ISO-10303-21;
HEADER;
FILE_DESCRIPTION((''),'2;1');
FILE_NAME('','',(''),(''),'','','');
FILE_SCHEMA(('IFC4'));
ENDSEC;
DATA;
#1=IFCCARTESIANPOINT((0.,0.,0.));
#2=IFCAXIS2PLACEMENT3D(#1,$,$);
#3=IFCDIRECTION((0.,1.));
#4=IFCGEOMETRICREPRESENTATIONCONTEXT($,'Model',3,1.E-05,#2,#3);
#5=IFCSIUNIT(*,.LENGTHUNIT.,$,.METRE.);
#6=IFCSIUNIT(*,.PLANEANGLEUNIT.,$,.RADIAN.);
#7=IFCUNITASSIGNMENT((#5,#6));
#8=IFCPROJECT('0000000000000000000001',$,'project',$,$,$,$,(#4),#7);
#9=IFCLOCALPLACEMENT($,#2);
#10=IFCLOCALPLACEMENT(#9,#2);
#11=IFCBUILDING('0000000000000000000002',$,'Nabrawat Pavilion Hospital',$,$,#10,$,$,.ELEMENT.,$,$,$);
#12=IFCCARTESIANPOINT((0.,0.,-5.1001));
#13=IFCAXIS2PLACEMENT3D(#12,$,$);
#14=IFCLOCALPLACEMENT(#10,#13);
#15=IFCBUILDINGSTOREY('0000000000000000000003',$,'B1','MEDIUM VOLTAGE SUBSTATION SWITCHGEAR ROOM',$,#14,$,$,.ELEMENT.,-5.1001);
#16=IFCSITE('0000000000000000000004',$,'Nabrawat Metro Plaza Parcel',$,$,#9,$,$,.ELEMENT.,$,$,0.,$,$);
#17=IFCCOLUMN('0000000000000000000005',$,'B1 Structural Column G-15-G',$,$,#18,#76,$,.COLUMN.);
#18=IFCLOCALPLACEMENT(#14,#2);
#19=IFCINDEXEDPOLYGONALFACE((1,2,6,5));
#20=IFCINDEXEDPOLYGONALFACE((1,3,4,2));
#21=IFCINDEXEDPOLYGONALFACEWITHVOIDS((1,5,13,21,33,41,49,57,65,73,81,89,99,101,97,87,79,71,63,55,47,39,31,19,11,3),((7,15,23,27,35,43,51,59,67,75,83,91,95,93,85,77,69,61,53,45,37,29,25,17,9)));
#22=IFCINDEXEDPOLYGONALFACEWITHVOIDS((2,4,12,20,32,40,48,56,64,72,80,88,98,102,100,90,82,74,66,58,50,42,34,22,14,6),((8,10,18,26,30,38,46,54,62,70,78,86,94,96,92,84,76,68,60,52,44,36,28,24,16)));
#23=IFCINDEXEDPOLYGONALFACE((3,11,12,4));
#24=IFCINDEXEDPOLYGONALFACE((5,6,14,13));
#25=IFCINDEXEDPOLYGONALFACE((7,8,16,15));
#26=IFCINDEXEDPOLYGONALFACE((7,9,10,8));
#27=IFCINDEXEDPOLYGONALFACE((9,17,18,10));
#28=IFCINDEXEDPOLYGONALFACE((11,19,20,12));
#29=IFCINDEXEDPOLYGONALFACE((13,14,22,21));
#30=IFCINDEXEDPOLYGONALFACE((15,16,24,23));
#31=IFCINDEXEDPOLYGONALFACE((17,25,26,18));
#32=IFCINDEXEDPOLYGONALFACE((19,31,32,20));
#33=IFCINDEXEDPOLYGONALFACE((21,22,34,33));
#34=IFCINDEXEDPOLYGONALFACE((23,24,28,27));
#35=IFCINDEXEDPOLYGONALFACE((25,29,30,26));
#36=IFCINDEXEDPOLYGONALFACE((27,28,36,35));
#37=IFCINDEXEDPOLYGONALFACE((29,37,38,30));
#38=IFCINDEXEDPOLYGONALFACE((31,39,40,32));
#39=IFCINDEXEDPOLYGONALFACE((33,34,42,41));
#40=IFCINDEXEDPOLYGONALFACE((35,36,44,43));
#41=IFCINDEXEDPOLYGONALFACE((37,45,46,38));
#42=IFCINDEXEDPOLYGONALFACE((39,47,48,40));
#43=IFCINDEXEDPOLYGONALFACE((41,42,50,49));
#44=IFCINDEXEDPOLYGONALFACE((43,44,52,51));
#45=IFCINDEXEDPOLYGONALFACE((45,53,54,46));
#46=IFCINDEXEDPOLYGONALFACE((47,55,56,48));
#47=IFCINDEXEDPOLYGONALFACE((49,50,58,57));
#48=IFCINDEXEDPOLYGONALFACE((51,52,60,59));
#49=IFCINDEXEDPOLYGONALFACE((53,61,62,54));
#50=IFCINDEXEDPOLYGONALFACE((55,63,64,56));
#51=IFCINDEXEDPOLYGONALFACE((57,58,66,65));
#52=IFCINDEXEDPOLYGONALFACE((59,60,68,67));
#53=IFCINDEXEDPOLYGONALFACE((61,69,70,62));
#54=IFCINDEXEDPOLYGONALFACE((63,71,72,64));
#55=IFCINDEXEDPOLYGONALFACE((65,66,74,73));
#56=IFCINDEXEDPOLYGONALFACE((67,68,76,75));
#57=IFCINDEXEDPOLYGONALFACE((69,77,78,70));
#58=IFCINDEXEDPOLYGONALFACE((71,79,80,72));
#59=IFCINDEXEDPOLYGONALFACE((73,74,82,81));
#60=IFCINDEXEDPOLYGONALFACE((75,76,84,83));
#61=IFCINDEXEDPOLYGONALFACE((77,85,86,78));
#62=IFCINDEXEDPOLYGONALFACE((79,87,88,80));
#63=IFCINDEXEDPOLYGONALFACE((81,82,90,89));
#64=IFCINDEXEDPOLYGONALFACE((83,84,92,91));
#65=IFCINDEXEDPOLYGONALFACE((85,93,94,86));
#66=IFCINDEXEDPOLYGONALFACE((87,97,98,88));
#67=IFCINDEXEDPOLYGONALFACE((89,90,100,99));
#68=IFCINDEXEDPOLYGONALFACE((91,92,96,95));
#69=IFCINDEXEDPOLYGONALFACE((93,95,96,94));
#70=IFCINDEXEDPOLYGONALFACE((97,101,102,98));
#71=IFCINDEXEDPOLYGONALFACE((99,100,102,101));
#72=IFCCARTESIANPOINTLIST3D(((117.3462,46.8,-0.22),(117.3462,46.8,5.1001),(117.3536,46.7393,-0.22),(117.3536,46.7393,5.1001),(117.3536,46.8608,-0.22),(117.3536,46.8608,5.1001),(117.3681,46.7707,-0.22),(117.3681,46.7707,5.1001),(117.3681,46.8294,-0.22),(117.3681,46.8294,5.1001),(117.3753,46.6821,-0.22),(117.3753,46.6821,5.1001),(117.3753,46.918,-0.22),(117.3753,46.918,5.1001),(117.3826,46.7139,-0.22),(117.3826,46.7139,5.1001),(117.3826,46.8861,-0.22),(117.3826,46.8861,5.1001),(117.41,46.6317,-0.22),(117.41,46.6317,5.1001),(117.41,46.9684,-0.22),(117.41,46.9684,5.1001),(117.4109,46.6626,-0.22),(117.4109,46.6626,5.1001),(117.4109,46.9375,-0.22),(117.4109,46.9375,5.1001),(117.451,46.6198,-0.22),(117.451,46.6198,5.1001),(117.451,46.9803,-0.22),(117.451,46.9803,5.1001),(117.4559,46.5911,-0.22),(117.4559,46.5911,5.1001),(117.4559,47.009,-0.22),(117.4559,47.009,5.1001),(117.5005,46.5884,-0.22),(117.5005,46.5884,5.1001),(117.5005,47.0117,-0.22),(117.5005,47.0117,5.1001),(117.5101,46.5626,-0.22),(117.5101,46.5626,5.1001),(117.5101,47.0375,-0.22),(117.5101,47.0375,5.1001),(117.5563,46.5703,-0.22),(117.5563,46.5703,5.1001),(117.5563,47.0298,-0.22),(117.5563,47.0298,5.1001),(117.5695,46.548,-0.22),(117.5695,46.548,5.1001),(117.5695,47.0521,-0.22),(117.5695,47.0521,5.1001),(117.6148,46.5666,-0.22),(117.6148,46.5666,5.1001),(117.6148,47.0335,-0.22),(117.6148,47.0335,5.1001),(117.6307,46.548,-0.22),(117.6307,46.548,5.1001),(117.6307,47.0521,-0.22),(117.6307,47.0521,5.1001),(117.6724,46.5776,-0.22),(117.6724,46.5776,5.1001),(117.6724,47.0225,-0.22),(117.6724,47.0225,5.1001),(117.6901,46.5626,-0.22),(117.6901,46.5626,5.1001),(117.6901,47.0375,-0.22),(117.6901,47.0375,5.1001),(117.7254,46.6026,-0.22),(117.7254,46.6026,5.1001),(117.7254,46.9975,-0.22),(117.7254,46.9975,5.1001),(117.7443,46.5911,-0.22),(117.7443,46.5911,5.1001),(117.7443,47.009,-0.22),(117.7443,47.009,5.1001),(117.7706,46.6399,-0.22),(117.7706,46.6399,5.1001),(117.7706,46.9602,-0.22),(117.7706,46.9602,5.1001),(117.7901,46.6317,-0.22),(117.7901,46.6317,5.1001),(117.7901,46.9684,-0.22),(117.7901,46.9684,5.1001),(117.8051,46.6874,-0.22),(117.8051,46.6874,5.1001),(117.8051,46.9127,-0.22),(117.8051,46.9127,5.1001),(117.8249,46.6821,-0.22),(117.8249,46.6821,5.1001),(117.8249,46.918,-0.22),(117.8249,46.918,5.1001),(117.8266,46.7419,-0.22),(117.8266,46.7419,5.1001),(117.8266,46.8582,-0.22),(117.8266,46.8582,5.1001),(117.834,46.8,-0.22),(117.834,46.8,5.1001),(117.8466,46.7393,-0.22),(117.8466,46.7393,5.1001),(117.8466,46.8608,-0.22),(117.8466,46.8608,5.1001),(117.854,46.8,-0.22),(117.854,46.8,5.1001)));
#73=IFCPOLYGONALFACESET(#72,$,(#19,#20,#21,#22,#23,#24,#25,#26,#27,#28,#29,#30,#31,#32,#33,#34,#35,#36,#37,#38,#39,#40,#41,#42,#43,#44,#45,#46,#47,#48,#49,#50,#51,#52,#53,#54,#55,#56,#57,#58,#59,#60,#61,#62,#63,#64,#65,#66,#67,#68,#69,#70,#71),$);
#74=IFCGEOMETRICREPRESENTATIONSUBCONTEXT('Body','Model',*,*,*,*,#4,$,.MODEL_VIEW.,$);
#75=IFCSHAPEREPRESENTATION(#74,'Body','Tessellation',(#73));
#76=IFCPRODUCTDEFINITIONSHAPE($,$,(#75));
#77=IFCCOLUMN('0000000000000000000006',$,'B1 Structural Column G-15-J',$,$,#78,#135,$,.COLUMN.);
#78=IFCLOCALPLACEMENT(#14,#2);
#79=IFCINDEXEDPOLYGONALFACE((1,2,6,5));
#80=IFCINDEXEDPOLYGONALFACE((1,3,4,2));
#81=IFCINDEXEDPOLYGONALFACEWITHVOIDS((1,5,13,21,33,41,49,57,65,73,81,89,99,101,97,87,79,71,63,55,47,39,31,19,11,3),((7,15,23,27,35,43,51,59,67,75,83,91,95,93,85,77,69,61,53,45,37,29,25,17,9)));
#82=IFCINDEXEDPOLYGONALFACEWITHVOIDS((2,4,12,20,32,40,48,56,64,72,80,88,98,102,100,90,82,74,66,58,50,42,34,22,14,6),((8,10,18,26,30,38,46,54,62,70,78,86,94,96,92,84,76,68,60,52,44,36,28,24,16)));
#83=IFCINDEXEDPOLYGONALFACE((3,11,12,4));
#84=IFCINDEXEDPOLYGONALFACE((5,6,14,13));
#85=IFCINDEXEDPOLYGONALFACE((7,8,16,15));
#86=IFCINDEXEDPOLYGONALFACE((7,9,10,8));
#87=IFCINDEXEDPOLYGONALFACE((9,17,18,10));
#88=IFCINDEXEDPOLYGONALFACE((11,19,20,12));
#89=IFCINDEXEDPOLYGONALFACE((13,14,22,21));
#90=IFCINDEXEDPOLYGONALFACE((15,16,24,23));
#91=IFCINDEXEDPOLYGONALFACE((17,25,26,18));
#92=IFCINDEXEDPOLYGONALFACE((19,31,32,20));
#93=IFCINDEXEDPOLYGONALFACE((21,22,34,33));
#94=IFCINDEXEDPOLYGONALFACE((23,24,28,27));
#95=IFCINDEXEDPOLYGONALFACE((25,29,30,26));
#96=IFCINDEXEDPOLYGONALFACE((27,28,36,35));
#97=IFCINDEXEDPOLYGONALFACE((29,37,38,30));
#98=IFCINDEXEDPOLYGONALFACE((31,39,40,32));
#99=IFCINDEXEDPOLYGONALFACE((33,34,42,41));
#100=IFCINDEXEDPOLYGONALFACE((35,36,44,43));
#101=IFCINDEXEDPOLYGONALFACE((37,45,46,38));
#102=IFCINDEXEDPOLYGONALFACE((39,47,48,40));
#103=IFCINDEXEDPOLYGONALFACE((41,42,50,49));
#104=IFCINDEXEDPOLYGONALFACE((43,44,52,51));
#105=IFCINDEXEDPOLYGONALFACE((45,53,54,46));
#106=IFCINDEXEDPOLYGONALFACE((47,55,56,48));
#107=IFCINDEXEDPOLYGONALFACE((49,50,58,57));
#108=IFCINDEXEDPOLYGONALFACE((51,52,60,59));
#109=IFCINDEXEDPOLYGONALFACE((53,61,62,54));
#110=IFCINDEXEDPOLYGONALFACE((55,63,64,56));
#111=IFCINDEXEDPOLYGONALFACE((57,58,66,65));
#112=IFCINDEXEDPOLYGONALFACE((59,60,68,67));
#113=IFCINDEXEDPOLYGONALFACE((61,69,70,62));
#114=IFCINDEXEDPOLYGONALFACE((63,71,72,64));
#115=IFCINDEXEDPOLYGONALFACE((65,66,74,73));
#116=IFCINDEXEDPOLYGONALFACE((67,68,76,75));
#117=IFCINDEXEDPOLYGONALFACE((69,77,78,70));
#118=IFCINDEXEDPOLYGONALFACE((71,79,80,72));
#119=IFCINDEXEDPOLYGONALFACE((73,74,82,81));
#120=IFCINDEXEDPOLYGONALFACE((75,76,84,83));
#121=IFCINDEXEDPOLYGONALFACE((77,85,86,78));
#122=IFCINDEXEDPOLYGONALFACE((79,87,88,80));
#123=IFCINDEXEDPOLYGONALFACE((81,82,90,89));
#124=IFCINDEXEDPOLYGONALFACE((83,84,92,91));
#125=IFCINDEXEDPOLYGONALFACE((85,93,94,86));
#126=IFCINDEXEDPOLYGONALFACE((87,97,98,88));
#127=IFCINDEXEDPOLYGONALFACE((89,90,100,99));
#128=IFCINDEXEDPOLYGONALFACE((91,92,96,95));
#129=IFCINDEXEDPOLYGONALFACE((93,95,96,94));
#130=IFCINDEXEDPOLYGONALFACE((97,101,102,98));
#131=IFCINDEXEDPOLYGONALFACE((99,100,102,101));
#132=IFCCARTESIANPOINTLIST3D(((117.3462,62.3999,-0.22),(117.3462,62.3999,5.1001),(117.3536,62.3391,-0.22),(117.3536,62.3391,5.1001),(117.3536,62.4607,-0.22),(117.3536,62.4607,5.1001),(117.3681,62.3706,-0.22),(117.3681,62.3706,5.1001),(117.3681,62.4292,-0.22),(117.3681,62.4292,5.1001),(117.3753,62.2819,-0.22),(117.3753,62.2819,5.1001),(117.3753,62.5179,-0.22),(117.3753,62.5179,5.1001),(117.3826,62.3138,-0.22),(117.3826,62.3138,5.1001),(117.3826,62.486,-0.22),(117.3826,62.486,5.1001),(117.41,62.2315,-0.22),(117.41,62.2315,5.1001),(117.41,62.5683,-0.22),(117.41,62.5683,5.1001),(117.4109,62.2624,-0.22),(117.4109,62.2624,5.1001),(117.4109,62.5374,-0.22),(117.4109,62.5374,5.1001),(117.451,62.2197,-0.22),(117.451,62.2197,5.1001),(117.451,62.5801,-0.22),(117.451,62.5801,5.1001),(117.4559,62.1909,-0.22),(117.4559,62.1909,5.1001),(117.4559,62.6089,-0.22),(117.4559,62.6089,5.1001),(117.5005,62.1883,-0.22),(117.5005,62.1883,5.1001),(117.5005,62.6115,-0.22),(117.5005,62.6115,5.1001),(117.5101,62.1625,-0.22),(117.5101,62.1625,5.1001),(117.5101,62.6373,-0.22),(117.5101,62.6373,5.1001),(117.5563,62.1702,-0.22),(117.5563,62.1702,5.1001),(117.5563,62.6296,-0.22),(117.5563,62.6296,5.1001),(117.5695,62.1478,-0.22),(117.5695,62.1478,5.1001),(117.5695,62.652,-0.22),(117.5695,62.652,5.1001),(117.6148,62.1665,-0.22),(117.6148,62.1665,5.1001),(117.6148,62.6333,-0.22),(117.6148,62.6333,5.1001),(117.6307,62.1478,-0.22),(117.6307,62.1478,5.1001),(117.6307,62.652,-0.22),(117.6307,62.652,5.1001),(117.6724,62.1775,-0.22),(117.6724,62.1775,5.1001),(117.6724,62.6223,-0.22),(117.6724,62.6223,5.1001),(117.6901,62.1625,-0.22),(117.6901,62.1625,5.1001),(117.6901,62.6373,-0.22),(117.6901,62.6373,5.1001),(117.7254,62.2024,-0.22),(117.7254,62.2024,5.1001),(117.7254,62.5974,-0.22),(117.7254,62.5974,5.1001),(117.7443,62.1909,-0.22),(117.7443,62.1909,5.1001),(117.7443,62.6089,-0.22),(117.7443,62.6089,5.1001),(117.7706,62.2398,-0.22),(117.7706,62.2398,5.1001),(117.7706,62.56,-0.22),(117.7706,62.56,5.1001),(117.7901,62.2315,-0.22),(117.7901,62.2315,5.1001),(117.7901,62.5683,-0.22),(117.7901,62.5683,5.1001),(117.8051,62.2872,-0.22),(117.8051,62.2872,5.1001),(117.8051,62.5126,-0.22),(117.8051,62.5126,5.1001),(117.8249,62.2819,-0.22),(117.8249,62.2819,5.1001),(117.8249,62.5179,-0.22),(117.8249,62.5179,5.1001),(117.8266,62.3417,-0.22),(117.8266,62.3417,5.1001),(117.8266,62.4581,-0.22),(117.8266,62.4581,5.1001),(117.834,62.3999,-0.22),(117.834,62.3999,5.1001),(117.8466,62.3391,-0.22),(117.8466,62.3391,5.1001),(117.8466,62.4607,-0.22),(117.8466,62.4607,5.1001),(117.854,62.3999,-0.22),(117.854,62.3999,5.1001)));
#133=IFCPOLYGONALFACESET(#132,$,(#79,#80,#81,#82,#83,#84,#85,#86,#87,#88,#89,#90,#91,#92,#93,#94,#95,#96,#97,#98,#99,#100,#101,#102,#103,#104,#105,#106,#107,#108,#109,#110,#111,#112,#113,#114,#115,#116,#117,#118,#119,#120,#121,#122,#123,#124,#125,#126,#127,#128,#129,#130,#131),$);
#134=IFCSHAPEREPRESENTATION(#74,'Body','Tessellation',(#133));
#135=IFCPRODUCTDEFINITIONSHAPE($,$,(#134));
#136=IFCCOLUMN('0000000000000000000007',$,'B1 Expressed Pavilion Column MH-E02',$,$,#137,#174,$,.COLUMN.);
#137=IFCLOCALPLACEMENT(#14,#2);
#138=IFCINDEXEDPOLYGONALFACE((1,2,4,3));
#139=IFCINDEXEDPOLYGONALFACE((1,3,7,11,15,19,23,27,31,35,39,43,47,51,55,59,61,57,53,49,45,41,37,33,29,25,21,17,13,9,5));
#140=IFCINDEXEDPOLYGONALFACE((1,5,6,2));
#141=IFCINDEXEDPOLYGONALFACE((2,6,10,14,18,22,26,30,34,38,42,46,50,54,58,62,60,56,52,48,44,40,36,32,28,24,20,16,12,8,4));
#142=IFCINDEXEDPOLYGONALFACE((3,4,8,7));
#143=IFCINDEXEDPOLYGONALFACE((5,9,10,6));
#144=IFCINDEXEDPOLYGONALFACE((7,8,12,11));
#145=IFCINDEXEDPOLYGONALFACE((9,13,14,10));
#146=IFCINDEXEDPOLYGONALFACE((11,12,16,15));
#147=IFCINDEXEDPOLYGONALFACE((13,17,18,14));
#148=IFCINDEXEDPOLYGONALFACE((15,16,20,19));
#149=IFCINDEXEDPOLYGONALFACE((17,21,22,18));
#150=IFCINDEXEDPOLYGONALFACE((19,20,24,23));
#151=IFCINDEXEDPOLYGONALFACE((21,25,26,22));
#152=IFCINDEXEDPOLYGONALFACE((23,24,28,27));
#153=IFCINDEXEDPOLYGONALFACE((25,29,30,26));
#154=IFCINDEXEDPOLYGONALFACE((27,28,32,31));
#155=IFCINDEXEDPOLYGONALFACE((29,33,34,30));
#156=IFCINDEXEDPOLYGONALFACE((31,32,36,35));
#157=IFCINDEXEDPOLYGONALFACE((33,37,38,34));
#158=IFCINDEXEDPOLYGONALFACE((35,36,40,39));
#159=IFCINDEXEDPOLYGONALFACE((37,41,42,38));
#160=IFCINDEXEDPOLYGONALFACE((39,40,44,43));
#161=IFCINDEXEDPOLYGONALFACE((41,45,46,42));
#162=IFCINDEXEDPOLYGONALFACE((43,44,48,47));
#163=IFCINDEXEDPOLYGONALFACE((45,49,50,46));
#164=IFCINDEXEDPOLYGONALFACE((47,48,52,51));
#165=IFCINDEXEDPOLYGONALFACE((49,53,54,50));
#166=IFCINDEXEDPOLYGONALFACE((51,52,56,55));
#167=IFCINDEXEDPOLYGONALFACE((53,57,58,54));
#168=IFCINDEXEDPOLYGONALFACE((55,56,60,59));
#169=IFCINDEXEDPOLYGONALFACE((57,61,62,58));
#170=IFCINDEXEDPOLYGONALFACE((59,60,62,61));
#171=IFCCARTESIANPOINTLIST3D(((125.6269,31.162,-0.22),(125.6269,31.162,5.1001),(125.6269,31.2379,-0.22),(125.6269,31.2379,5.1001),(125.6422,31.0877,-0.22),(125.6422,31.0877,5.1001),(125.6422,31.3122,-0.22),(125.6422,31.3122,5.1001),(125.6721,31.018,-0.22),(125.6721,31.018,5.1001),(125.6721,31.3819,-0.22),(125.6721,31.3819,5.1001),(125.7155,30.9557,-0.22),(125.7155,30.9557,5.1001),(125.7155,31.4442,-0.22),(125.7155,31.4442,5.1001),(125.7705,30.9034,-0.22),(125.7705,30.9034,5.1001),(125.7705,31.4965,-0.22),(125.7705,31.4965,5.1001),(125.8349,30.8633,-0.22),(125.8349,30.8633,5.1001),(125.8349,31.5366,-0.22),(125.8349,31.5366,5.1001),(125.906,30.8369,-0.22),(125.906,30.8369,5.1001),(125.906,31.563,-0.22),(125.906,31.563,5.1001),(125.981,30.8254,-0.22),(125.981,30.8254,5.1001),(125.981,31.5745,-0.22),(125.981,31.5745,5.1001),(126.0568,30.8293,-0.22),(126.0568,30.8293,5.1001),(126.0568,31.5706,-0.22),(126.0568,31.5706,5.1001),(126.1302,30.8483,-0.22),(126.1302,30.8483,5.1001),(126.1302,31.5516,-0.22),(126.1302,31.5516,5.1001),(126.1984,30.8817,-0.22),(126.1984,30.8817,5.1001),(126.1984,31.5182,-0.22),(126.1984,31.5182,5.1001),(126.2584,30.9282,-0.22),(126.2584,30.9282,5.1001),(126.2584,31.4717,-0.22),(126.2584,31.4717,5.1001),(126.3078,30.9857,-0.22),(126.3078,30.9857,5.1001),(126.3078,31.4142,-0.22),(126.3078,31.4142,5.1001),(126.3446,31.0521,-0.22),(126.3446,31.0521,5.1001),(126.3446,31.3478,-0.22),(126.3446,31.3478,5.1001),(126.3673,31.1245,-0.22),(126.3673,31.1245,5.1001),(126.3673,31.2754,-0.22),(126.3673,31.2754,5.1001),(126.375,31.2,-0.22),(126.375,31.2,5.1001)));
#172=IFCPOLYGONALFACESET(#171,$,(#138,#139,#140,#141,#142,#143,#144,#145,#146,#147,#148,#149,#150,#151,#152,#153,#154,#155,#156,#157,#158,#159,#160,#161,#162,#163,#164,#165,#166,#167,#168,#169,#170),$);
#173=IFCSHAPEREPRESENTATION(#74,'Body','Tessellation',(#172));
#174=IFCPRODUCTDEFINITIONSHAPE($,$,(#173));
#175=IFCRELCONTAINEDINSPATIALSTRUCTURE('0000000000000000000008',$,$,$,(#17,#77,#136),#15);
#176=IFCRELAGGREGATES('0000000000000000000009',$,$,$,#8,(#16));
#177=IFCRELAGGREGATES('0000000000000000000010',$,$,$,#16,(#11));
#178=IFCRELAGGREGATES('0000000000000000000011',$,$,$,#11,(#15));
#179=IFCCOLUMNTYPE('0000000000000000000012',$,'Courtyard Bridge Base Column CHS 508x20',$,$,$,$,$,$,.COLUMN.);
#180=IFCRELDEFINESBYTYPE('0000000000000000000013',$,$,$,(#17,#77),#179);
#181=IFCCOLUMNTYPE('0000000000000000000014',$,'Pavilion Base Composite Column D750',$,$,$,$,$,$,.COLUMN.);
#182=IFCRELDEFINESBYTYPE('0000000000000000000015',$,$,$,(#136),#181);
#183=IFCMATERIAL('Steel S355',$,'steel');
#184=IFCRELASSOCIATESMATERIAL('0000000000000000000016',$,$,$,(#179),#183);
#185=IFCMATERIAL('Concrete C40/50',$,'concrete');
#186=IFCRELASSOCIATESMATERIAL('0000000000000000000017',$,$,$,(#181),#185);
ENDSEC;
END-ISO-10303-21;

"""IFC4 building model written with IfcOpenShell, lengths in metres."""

from ifc_helpers import new_model, si_unit, direction, frame, origin, origin_2d, place, context, subcontext, project, spatial, circle, hollow_circle, extrude, material, material_profile, profile_set, type_object, element, save


model = new_model("IFC4")

# Units and contexts
model_context = context("Model", 3, precision=1e-05, world=origin(), true_north=direction((0.0, 1.0)))
body_context = subcontext(model_context, "Body", "Model", "MODEL_VIEW")
ifc_project = project(units=[si_unit("LENGTHUNIT", "METRE"), si_unit("PLANEANGLEUNIT", "RADIAN")], contexts=[model_context])

# Site, building, storey
site_placement = place(None, origin())
site = spatial("IfcSite", under=ifc_project, at=site_placement, Name="Nabrawat Metro Plaza Parcel", CompositionType="ELEMENT", RefElevation=0.0)
building_placement = place(site_placement, origin())
building = spatial("IfcBuilding", under=site, at=building_placement, Name="Nabrawat Pavilion Hospital", CompositionType="ELEMENT")
storey_placement = place(building_placement, frame((0.0, 0.0, -5.1001)))
storey = spatial("IfcBuildingStorey", under=building, at=storey_placement, Name="B1", Description="MEDIUM VOLTAGE SUBSTATION SWITCHGEAR ROOM", CompositionType="ELEMENT", Elevation=-5.1001)

# Columns
ifc_material_1 = material(Name="Steel S355", Category="steel")
ifc_material_profile_1 = material_profile(ifc_material_1, hollow_circle(Radius=0.2539, WallThickness=0.02, at=origin_2d()), Name="CHS 508x20")
ifc_profile_set_1 = profile_set([ifc_material_profile_1], Name="Steel S355")
column_type_1 = type_object("IfcColumnType", Name="Courtyard Bridge Base Column CHS 508x20", PredefinedType="COLUMN", material=ifc_profile_set_1)
for number, where, z_axis, x_axis, name in (
    (1, (117.6001, 46.8, -0.22), (0.0, 0.0, 1.0), (1.0, 0.0, 0.0), "B1 Structural Column G-15-G"),
    (2, (117.6001, 62.3999, -0.22), (0.0, 0.0, 1.0), (1.0, 0.0, 0.0), "B1 Structural Column G-15-J"),
):
    element("IfcColumn", number, at=place(storey_placement, frame(where, z_axis=z_axis, x_axis=x_axis)), inside=storey, type_object=column_type_1, Name=name, PredefinedType="COLUMN", context=body_context, shape_type="SweptSolid", body=[
        extrude(hollow_circle(Radius=0.2539, WallThickness=0.02, at=origin_2d()), origin(), (0.0, 0.0, 1.0), 5.3201),
    ])
ifc_material_2 = material(Name="Concrete C40/50", Category="concrete")
ifc_material_profile_2 = material_profile(ifc_material_2, circle(Radius=0.375, at=origin_2d()), Name="RC D750")
ifc_profile_set_2 = profile_set([ifc_material_profile_2], Name="Concrete C40/50")
column_type_2 = type_object("IfcColumnType", Name="Pavilion Base Composite Column D750", PredefinedType="COLUMN", material=ifc_profile_set_2)
for number, where, z_axis, x_axis, name in (
    (3, (126.0, 31.2, -0.22), (0.0, 0.0, 1.0), (1.0, 0.0, 0.0), "B1 Expressed Pavilion Column MH-E02"),
):
    element("IfcColumn", number, at=place(storey_placement, frame(where, z_axis=z_axis, x_axis=x_axis)), inside=storey, type_object=column_type_2, Name=name, PredefinedType="COLUMN", context=body_context, shape_type="SweptSolid", body=[
        extrude(circle(Radius=0.375, at=origin_2d()), origin(), (0.0, 0.0, 1.0), 5.3201),
    ])

save(model, "model.ifc")
